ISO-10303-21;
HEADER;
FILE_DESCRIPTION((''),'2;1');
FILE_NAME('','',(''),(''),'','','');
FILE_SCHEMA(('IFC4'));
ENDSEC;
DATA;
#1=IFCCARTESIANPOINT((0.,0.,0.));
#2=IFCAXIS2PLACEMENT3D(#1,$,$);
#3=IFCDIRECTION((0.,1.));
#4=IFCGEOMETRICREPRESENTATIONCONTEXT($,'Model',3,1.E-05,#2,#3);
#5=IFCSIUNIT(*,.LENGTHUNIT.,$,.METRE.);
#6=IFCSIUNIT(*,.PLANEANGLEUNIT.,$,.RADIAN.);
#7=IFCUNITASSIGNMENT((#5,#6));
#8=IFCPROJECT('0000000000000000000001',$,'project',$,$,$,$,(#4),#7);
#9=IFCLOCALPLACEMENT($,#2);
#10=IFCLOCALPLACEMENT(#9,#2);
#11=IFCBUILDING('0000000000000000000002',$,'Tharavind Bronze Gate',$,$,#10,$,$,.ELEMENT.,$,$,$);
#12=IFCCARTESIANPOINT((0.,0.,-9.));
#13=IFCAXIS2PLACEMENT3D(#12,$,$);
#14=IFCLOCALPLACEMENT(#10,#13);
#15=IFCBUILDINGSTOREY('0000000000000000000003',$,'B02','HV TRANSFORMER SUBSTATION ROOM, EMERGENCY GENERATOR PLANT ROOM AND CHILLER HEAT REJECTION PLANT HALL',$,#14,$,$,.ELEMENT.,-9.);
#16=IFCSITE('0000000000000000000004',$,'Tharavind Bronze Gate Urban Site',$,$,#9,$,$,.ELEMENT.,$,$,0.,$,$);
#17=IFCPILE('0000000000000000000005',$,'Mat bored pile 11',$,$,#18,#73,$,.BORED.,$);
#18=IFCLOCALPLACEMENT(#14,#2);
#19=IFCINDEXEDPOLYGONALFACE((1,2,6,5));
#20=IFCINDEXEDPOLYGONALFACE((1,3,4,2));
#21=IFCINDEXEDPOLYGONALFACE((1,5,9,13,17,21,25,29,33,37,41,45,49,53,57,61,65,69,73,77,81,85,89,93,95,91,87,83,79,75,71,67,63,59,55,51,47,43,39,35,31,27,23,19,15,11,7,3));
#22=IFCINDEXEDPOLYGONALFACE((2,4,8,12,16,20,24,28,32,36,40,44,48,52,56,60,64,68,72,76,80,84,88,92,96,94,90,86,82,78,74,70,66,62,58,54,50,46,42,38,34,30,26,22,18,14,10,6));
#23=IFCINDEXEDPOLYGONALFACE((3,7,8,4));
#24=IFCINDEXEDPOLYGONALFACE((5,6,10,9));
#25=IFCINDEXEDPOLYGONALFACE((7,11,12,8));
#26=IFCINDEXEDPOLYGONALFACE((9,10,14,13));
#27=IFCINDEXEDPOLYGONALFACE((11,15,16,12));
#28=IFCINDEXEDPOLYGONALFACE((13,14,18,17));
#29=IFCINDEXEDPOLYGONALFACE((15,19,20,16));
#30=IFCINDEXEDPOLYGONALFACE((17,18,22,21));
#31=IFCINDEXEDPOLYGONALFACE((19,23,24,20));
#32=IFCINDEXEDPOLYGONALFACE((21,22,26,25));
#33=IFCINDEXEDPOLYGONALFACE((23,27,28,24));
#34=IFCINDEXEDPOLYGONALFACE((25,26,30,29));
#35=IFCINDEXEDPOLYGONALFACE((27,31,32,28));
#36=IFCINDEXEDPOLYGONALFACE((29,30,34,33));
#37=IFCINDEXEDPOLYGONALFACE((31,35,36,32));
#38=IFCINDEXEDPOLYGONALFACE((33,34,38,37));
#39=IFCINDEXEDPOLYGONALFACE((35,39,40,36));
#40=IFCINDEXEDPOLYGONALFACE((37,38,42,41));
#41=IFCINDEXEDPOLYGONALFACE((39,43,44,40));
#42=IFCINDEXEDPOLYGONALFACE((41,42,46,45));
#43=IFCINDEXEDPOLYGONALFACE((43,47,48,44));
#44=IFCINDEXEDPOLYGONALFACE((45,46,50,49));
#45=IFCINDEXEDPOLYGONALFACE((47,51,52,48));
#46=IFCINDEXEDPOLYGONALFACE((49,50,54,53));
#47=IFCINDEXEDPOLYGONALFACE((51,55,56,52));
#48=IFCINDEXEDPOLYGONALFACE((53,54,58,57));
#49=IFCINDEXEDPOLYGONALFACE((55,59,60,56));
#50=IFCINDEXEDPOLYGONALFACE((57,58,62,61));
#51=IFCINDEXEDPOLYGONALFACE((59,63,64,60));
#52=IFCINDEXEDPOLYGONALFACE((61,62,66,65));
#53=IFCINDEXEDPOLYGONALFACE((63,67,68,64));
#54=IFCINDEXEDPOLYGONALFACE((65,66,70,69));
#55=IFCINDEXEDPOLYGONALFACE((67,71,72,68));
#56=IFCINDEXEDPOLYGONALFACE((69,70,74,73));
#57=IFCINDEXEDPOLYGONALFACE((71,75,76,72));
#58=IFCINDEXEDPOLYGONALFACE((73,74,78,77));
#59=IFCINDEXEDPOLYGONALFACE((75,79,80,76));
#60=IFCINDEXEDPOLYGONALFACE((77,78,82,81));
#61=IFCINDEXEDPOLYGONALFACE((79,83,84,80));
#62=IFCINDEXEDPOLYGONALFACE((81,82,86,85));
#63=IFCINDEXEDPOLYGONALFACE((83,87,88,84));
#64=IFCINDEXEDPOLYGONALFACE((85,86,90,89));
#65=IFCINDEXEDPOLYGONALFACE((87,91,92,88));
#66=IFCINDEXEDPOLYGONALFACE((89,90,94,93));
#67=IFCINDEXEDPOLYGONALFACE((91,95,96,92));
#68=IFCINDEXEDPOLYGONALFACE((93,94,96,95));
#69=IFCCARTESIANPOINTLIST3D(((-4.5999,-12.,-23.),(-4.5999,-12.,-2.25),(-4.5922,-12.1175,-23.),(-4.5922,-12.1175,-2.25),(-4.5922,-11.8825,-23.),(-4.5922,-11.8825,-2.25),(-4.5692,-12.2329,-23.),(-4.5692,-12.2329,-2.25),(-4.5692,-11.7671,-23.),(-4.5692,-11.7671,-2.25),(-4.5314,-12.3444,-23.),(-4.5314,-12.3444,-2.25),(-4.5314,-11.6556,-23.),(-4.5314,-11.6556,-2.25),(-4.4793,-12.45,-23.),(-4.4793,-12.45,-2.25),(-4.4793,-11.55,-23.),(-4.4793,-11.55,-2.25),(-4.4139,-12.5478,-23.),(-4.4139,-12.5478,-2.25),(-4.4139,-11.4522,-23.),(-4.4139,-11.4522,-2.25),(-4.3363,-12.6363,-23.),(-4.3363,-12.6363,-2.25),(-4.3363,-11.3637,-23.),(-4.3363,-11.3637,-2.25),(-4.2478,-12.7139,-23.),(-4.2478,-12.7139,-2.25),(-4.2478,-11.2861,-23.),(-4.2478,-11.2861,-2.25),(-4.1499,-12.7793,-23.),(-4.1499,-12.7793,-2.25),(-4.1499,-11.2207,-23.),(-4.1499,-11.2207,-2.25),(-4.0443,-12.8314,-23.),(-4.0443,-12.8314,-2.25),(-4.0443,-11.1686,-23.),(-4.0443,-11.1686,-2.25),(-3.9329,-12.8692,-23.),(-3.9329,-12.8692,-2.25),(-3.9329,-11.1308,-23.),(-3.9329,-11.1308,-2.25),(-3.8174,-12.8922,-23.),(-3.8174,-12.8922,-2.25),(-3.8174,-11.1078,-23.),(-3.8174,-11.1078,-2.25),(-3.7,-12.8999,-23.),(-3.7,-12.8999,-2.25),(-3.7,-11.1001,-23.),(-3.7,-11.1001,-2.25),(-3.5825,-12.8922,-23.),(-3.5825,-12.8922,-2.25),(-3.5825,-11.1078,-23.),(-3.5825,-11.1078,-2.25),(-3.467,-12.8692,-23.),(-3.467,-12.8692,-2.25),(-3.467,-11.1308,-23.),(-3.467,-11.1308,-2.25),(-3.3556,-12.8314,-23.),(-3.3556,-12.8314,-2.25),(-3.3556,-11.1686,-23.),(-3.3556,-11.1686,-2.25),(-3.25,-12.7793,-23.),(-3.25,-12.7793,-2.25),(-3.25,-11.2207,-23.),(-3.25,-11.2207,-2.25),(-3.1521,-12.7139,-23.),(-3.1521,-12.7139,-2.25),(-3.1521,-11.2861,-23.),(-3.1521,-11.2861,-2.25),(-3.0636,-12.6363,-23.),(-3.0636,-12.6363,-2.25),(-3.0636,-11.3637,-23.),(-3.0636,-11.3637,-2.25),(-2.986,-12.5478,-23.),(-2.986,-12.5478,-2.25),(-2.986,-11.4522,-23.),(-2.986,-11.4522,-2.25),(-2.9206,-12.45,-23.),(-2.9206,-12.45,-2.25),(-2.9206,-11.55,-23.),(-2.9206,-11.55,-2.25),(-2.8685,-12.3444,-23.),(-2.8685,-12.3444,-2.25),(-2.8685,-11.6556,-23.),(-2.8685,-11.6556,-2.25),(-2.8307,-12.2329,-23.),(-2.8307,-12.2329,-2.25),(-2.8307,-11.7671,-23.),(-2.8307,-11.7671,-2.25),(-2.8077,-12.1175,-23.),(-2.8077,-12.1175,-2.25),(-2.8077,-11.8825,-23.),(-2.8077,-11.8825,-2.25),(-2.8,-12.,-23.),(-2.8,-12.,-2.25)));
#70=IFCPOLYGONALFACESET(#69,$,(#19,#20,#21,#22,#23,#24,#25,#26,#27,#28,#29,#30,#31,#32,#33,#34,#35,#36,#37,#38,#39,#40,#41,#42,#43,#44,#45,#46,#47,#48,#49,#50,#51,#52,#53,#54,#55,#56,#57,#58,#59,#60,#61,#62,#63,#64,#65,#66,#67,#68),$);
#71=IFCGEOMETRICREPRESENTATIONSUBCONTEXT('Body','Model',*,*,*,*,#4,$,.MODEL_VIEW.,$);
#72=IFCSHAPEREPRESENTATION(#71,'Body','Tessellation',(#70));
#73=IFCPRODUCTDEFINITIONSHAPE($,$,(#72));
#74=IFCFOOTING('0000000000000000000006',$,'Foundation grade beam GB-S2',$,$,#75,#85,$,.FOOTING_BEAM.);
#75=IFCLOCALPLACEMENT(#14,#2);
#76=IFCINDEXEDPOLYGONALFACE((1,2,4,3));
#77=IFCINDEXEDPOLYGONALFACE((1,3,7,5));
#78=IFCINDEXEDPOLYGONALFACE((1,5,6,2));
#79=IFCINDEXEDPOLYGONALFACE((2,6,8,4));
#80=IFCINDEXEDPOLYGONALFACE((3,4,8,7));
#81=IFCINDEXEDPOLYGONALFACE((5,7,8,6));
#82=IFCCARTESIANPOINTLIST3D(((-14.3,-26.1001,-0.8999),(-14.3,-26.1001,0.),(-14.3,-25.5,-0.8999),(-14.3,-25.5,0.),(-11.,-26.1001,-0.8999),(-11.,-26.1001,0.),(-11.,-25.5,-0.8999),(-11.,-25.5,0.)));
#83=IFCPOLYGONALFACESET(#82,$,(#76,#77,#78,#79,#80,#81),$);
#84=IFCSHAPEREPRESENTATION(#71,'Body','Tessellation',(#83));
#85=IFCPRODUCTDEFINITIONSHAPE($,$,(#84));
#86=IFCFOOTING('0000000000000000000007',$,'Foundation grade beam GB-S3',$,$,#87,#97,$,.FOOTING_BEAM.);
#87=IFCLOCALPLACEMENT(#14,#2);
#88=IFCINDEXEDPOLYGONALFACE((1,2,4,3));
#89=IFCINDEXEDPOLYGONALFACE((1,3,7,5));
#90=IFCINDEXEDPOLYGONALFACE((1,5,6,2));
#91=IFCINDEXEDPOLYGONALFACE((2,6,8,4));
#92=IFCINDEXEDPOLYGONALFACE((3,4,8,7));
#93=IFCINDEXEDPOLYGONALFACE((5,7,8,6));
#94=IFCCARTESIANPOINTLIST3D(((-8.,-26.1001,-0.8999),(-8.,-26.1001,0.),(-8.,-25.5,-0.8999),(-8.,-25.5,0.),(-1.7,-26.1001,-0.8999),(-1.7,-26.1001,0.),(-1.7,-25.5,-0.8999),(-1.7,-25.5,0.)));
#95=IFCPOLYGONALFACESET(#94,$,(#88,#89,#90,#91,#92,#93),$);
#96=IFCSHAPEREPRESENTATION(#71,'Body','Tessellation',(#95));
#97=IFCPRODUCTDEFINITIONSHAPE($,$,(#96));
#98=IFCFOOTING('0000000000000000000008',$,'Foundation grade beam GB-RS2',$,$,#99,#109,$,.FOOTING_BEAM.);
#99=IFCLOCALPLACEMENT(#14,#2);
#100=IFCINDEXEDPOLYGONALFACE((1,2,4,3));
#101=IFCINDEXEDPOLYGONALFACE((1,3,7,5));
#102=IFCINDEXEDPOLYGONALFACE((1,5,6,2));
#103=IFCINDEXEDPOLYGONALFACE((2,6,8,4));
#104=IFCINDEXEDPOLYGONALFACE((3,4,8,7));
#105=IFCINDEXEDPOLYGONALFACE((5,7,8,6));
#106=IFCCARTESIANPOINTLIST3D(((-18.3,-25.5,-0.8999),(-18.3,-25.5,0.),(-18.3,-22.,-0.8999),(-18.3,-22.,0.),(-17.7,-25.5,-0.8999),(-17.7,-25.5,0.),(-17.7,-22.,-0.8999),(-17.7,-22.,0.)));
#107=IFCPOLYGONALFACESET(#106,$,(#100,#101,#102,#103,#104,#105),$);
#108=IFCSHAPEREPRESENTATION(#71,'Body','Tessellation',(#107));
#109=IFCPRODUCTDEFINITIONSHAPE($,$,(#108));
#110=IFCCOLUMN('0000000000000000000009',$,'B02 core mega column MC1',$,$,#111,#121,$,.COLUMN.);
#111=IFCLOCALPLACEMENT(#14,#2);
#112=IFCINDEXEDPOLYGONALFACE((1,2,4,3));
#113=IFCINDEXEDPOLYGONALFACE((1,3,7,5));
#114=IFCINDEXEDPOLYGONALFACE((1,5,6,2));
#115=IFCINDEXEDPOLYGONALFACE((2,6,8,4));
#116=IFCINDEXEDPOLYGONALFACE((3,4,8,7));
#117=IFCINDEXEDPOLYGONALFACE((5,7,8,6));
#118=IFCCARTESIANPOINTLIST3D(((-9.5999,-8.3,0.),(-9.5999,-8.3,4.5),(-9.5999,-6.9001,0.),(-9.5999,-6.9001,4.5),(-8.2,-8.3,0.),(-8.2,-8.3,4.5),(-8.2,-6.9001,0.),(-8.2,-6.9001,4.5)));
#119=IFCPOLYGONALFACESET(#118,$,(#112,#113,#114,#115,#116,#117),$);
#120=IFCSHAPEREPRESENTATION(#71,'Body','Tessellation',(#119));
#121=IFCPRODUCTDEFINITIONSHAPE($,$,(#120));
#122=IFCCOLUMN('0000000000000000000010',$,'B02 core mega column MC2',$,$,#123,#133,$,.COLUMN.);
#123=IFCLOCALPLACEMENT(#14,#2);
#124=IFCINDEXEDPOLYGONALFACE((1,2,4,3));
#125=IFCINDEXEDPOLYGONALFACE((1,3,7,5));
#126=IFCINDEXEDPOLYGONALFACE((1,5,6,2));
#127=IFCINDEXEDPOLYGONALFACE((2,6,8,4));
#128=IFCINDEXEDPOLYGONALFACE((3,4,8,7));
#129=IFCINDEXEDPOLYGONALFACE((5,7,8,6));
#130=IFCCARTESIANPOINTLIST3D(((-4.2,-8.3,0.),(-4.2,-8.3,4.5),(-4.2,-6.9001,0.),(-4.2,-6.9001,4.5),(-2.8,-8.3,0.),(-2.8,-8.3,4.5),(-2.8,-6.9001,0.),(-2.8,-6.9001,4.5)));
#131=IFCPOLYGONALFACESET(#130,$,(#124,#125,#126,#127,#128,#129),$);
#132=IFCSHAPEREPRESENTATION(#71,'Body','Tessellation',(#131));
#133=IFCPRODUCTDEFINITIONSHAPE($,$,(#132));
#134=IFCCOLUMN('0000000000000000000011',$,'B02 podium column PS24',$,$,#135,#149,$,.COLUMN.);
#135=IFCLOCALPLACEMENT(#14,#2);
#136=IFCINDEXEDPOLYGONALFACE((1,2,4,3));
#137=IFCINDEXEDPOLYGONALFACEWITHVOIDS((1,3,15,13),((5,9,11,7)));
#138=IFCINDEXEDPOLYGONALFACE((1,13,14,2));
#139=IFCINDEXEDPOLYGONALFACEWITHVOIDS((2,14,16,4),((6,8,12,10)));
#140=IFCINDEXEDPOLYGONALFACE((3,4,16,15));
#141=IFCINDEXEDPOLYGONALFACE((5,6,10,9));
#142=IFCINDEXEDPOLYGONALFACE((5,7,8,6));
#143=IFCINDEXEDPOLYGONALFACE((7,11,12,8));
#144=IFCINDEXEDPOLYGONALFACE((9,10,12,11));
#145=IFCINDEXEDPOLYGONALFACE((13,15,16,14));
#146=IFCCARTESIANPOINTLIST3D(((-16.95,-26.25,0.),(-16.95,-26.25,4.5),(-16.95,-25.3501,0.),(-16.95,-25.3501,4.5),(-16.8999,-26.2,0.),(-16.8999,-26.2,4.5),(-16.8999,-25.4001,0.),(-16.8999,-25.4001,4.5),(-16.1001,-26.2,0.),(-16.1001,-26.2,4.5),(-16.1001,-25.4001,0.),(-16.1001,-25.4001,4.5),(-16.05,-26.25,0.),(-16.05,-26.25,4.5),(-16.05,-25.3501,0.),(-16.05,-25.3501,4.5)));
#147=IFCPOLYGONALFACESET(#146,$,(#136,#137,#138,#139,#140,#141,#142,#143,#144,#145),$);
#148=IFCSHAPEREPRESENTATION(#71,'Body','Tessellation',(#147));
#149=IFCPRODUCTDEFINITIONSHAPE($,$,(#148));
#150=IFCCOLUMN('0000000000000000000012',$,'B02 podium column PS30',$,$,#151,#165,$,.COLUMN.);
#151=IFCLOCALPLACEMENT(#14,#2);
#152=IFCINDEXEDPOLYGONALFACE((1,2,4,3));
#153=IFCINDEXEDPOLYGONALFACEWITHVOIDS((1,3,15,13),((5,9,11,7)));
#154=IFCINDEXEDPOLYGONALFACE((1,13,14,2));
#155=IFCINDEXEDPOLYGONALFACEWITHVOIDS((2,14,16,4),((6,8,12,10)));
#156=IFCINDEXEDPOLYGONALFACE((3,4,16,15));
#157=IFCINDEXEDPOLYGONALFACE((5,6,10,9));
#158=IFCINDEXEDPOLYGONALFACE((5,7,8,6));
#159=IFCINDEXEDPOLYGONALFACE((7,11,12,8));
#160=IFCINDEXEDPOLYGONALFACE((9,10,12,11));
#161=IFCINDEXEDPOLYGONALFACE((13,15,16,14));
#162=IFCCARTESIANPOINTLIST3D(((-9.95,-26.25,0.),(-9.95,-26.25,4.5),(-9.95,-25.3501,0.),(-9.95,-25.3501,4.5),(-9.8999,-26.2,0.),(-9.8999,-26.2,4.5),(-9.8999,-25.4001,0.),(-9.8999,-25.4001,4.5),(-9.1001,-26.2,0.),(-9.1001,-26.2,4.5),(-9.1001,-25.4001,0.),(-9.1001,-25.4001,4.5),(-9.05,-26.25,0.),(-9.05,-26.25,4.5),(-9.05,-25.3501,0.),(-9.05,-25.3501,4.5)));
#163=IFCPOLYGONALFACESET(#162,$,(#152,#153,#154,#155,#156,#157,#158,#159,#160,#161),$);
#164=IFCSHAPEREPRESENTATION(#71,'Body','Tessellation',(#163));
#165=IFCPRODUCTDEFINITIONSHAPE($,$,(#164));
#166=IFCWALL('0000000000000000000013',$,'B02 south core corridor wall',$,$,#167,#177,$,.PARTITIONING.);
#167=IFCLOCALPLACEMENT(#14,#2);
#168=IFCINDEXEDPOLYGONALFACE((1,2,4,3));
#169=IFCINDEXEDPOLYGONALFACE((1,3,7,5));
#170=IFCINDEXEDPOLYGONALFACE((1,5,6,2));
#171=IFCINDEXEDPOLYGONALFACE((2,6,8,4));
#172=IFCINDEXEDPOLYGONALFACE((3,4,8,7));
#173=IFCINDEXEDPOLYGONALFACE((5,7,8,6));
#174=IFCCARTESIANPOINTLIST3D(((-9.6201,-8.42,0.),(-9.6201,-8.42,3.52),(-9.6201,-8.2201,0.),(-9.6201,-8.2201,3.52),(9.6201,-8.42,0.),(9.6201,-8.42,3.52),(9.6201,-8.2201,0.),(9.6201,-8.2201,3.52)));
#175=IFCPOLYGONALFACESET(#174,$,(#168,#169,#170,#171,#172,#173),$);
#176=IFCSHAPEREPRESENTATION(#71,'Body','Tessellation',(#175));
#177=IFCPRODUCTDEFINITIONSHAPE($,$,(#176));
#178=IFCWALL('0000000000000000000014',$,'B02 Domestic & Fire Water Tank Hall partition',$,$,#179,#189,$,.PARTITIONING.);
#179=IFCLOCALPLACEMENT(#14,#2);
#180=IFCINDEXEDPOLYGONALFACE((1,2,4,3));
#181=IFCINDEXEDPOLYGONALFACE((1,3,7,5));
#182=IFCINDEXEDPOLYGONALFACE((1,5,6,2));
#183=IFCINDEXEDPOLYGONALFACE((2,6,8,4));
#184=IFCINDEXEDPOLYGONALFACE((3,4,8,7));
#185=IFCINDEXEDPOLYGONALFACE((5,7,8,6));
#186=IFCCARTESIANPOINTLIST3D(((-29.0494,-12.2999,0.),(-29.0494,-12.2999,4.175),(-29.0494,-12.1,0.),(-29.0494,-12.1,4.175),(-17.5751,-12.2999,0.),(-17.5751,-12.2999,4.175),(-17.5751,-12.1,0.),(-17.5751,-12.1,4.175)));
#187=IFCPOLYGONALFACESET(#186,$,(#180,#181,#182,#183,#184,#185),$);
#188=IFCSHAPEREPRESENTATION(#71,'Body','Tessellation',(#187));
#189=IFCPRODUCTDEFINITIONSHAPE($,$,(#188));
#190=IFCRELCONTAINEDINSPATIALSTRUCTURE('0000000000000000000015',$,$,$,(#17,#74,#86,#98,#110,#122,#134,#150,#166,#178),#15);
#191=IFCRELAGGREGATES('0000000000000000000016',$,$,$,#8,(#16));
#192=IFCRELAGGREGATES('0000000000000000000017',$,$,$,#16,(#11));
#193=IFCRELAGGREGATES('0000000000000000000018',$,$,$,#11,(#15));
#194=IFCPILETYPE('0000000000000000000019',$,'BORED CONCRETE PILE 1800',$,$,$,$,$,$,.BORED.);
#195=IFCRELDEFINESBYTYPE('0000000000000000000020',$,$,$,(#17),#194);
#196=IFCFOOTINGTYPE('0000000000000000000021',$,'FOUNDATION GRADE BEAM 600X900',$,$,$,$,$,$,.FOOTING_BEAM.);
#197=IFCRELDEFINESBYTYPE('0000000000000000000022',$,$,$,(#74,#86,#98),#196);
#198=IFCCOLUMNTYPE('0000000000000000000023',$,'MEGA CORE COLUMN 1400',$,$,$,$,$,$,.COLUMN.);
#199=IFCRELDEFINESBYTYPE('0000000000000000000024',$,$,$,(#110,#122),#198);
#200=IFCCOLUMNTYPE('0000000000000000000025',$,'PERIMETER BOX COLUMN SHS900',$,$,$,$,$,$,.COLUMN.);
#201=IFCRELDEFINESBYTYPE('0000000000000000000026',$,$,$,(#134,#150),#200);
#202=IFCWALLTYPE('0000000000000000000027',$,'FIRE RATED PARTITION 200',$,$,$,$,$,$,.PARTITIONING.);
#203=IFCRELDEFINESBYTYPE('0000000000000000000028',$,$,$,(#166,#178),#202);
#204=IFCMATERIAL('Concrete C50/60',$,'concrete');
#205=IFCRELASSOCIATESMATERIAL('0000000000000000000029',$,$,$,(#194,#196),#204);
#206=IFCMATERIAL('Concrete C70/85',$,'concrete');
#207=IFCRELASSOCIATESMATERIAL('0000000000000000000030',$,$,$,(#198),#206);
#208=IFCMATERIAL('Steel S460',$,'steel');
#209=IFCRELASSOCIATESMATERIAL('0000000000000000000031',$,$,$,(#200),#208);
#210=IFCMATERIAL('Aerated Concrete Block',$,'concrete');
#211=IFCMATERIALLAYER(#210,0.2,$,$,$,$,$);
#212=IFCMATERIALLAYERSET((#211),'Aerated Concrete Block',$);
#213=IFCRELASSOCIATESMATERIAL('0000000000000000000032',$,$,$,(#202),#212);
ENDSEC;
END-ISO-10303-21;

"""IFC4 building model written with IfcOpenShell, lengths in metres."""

from ifc_helpers import new_model, si_unit, direction, frame, frame_2d, origin, origin_2d, place, context, subcontext, project, spatial, rectangle, hollow_rectangle, circle, extrude, material, layer, layer_set, material_profile, profile_set, type_object, element, save


model = new_model("IFC4")

# Units and contexts
model_context = context("Model", 3, precision=1e-05, world=origin(), true_north=direction((0.0, 1.0)))
body_context = subcontext(model_context, "Body", "Model", "MODEL_VIEW")
ifc_project = project(units=[si_unit("LENGTHUNIT", "METRE"), si_unit("PLANEANGLEUNIT", "RADIAN")], contexts=[model_context])

# Site, building, storey
site_placement = place(None, origin())
site = spatial("IfcSite", under=ifc_project, at=site_placement, Name="Tharavind Bronze Gate Urban Site", CompositionType="ELEMENT", RefElevation=0.0)
building_placement = place(site_placement, origin())
building = spatial("IfcBuilding", under=site, at=building_placement, Name="Tharavind Bronze Gate", CompositionType="ELEMENT")
storey_placement = place(building_placement, frame((0.0, 0.0, -9.0)))
storey = spatial("IfcBuildingStorey", under=building, at=storey_placement, Name="B02", Description="HV TRANSFORMER SUBSTATION ROOM, EMERGENCY GENERATOR PLANT ROOM AND CHILLER HEAT REJECTION PLANT HALL", CompositionType="ELEMENT", Elevation=-9.0)

# Pile
ifc_material_1 = material(Name="Concrete C50/60", Category="concrete")
ifc_material_profile_1 = material_profile(ifc_material_1, circle(Radius=0.8999, at=origin_2d()), Name="PILE1800")
ifc_profile_set_1 = profile_set([ifc_material_profile_1], Name="Concrete C50/60")
pile_type_1 = type_object("IfcPileType", Name="BORED CONCRETE PILE 1800", PredefinedType="BORED", material=ifc_profile_set_1)
for number, where, z_axis, x_axis, name in (
    (1, (-3.7, -12.0, -2.25), (0.0, 0.0, -1.0), (1.0, 0.0, 0.0), "Mat bored pile 11"),
):
    element("IfcPile", number, at=place(storey_placement, frame(where, z_axis=z_axis, x_axis=x_axis)), inside=storey, type_object=pile_type_1, Name=name, PredefinedType="BORED", context=body_context, shape_type="SweptSolid", body=[
        extrude(circle(Radius=0.8999, at=origin_2d()), origin(), (0.0, 0.0, 1.0), 20.75),
    ])

# Footings
ifc_material_profile_2 = material_profile(ifc_material_1, rectangle(XDim=0.6001, YDim=0.8999, at=origin_2d()), Name="RCBM600X900")
ifc_profile_set_2 = profile_set([ifc_material_profile_2], Name="Concrete C50/60")
footing_type = type_object("IfcFootingType", Name="FOUNDATION GRADE BEAM 600X900", PredefinedType="FOOTING_BEAM", material=ifc_profile_set_2)
footing_1_placement = place(storey_placement, frame((-14.3, -25.8, -0.45), z_axis=(1.0, 0.0, 0.0), x_axis=(0.0, 1.0, 0.0)))
element("IfcFooting", 2, at=footing_1_placement, inside=storey, type_object=footing_type, Name="Foundation grade beam GB-S2", PredefinedType="FOOTING_BEAM", context=body_context, shape_type="SweptSolid", body=[
    extrude(rectangle(XDim=0.6001, YDim=0.8999, at=origin_2d()), origin(), (0.0, 0.0, 1.0), 3.3),
])
footing_2_placement = place(storey_placement, frame((-8.0, -25.8, -0.45), z_axis=(1.0, 0.0, 0.0), x_axis=(0.0, 1.0, 0.0)))
element("IfcFooting", 3, at=footing_2_placement, inside=storey, type_object=footing_type, Name="Foundation grade beam GB-S3", PredefinedType="FOOTING_BEAM", context=body_context, shape_type="SweptSolid", body=[
    extrude(rectangle(XDim=0.6001, YDim=0.8999, at=origin_2d()), origin(), (0.0, 0.0, 1.0), 6.3),
])
footing_3_placement = place(storey_placement, frame((-18.0, -25.5, -0.45), z_axis=(0.0, 1.0, 0.0), x_axis=(-1.0, 0.0, 0.0)))
element("IfcFooting", 4, at=footing_3_placement, inside=storey, type_object=footing_type, Name="Foundation grade beam GB-RS2", PredefinedType="FOOTING_BEAM", context=body_context, shape_type="SweptSolid", body=[
    extrude(rectangle(XDim=0.6001, YDim=0.8999, at=origin_2d()), origin(), (0.0, 0.0, 1.0), 3.5),
])

# Columns
ifc_material_2 = material(Name="Concrete C70/85", Category="concrete")
ifc_material_profile_3 = material_profile(ifc_material_2, rectangle(XDim=1.3999, YDim=1.3999, at=origin_2d()), Name="RCCOL1400")
ifc_profile_set_3 = profile_set([ifc_material_profile_3], Name="Concrete C70/85")
column_type_1 = type_object("IfcColumnType", Name="MEGA CORE COLUMN 1400", PredefinedType="COLUMN", material=ifc_profile_set_3)
for number, where, z_axis, x_axis, name in (
    (5, (-8.8999, -7.6001, 0.0), (0.0, 0.0, 1.0), (1.0, 0.0, 0.0), "B02 core mega column MC1"),
    (6, (-3.5, -7.6001, 0.0), (0.0, 0.0, 1.0), (1.0, 0.0, 0.0), "B02 core mega column MC2"),
):
    element("IfcColumn", number, at=place(storey_placement, frame(where, z_axis=z_axis, x_axis=x_axis)), inside=storey, type_object=column_type_1, Name=name, PredefinedType="COLUMN", context=body_context, shape_type="SweptSolid", body=[
        extrude(rectangle(XDim=1.3999, YDim=1.3999, at=origin_2d()), origin(), (0.0, 0.0, 1.0), 4.5),
    ])
ifc_material_3 = material(Name="Steel S460", Category="steel")
ifc_material_profile_4 = material_profile(ifc_material_3, hollow_rectangle(XDim=0.8999, YDim=0.8999, WallThickness=0.05, at=origin_2d()), Name="SHS900X50")
ifc_profile_set_4 = profile_set([ifc_material_profile_4], Name="Steel S460")
column_type_2 = type_object("IfcColumnType", Name="PERIMETER BOX COLUMN SHS900", PredefinedType="COLUMN", material=ifc_profile_set_4)
for number, where, z_axis, x_axis, name in (
    (7, (-16.5, -25.8, 0.0), (0.0, 0.0, 1.0), (1.0, 0.0, 0.0), "B02 podium column PS24"),
    (8, (-9.5, -25.8, 0.0), (0.0, 0.0, 1.0), (1.0, 0.0, 0.0), "B02 podium column PS30"),
):
    element("IfcColumn", number, at=place(storey_placement, frame(where, z_axis=z_axis, x_axis=x_axis)), inside=storey, type_object=column_type_2, Name=name, PredefinedType="COLUMN", context=body_context, shape_type="SweptSolid", body=[
        extrude(hollow_rectangle(XDim=0.8999, YDim=0.8999, WallThickness=0.05, at=origin_2d()), origin(), (0.0, 0.0, 1.0), 4.5),
    ])

# Walls
ifc_material_4 = material(Name="Aerated Concrete Block", Category="concrete")
ifc_layer_1 = layer(ifc_material_4, 0.2)
ifc_layer_set_1 = layer_set([ifc_layer_1], Name="Aerated Concrete Block")
wall_type_1 = type_object("IfcWallType", Name="FIRE RATED PARTITION 200", PredefinedType="PARTITIONING", material=ifc_layer_set_1)
wall_1_placement = place(storey_placement, frame((-9.6201, -8.3201, 0.0), z_axis=(0.0, 0.0, 1.0), x_axis=(1.0, 0.0, 0.0)))
element("IfcWall", 9, at=wall_1_placement, inside=storey, type_object=wall_type_1, Name="B02 south core corridor wall", PredefinedType="PARTITIONING", context=body_context, shape_type="SweptSolid", body=[
    extrude(rectangle(XDim=19.2402, YDim=0.2, at=frame_2d((9.6201, 0.0))), origin(), (0.0, 0.0, 1.0), 3.52),
])
wall_2_placement = place(storey_placement, frame((-17.575, -12.2, 0.0), z_axis=(0.0, 0.0, 1.0), x_axis=(-1.0, 0.0, 0.0)))
element("IfcWall", 10, at=wall_2_placement, inside=storey, type_object=wall_type_1, Name="B02 Domestic & Fire Water Tank Hall partition", PredefinedType="PARTITIONING", context=body_context, shape_type="SweptSolid", body=[
    extrude(rectangle(XDim=11.4744, YDim=0.2, at=frame_2d((5.7373, 0.0))), origin(), (0.0, 0.0, 1.0), 4.175),
])

save(model, "model.ifc")
